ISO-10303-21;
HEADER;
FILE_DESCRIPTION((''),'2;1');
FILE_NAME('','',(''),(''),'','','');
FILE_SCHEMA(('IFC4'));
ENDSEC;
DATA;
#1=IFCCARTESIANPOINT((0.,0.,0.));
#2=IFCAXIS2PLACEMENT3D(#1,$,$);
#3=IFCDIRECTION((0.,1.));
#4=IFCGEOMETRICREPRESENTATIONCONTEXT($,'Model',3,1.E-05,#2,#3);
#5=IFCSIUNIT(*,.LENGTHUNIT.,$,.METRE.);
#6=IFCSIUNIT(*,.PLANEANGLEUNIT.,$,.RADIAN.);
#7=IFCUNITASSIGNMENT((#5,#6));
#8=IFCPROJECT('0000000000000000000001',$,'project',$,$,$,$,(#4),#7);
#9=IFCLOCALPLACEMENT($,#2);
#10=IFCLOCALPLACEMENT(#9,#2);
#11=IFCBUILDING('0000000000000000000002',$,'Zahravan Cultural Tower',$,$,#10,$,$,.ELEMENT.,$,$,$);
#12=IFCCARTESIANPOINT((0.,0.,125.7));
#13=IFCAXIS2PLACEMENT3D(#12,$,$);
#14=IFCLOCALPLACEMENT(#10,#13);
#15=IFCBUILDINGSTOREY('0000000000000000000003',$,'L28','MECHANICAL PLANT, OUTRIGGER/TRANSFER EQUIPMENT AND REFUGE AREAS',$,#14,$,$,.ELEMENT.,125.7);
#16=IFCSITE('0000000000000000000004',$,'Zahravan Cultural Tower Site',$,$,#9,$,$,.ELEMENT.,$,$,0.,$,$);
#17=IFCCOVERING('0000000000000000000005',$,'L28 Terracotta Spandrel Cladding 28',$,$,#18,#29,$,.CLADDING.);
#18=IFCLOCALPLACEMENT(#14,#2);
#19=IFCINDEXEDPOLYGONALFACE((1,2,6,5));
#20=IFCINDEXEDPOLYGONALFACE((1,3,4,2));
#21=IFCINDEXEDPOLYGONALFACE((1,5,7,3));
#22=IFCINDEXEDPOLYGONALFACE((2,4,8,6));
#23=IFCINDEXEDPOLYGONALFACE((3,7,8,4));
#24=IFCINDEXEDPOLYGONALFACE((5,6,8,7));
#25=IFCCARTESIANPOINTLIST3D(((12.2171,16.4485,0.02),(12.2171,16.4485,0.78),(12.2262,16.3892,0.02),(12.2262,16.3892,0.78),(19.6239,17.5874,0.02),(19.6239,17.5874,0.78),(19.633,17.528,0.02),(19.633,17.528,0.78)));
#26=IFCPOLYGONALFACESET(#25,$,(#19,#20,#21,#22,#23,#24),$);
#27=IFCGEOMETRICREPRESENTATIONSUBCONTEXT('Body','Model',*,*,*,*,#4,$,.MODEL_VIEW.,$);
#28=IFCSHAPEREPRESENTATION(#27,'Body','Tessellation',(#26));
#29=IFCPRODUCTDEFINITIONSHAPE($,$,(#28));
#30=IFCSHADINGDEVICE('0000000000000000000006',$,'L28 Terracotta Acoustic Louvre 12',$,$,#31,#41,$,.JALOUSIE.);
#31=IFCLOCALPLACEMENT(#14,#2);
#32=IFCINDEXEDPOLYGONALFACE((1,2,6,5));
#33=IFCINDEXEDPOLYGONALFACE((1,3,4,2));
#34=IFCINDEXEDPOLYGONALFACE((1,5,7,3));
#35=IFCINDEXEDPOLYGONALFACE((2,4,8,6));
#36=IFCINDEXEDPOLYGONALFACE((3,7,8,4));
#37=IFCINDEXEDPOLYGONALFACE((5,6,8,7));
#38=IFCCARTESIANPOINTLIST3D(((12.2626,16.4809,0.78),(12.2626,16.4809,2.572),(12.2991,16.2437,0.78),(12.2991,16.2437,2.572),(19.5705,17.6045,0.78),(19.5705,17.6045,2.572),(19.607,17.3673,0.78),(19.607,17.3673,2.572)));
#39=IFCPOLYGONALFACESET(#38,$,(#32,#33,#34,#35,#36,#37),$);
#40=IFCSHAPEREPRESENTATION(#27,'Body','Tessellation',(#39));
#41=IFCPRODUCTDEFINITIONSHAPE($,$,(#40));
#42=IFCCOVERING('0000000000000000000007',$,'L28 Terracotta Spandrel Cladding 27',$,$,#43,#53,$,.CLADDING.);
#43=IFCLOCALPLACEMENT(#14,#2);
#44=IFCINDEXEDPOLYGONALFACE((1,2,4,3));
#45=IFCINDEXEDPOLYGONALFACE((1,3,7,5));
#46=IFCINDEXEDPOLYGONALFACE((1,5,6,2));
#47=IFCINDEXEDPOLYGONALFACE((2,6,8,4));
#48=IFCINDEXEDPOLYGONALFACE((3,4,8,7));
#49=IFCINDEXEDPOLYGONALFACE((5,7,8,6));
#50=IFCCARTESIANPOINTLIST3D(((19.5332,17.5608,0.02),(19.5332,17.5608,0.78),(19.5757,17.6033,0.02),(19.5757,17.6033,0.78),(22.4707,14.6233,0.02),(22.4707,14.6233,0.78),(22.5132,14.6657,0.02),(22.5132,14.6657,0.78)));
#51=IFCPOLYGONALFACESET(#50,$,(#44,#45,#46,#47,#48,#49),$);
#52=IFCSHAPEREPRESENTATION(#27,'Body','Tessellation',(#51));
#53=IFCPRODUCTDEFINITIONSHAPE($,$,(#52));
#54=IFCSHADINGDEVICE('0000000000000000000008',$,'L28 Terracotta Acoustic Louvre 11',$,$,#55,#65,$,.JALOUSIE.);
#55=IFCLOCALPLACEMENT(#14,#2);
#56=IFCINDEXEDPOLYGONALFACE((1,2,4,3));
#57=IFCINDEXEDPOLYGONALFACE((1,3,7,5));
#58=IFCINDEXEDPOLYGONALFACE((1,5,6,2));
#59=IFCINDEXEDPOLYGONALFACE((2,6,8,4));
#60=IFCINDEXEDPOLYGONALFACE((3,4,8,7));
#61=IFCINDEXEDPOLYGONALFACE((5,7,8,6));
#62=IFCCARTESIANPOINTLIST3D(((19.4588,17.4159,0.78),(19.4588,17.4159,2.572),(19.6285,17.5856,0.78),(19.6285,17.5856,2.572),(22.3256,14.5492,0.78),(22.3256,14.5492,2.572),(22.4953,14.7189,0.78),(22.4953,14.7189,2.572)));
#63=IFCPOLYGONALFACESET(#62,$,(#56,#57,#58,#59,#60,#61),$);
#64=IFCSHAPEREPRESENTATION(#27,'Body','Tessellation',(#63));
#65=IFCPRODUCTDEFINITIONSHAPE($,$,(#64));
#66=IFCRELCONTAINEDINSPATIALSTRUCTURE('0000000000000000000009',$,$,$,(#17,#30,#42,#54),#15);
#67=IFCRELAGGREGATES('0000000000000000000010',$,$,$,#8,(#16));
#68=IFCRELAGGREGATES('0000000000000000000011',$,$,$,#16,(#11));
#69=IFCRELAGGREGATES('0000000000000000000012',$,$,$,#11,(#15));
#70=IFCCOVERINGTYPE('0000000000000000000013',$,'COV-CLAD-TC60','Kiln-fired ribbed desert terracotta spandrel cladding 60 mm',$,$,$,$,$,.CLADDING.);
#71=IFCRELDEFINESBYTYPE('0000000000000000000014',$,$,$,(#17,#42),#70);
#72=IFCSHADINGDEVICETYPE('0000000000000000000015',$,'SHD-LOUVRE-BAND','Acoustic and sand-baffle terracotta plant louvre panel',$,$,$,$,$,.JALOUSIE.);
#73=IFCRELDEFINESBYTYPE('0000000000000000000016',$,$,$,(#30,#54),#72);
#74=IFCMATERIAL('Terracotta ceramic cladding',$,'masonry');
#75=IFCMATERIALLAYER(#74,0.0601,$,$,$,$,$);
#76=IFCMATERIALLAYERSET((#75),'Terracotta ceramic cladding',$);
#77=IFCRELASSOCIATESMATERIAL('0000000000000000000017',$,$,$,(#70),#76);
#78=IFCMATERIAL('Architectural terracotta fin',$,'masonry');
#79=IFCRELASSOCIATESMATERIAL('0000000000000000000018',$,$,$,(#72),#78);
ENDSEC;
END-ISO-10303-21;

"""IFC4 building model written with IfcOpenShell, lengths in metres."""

from ifc_helpers import new_model, si_unit, direction, frame, origin, origin_2d, place, context, subcontext, project, spatial, rectangle, extrude, source, transform, mapped, material, layer, layer_set, type_object, element, save


model = new_model("IFC4")

# Units and contexts
model_context = context("Model", 3, precision=1e-05, world=origin(), true_north=direction((0.0, 1.0)))
body_context = subcontext(model_context, "Body", "Model", "MODEL_VIEW")
ifc_project = project(units=[si_unit("LENGTHUNIT", "METRE"), si_unit("PLANEANGLEUNIT", "RADIAN")], contexts=[model_context])

# Site, building, storey
site_placement = place(None, origin())
site = spatial("IfcSite", under=ifc_project, at=site_placement, Name="Zahravan Cultural Tower Site", CompositionType="ELEMENT", RefElevation=0.0)
building_placement = place(site_placement, origin())
building = spatial("IfcBuilding", under=site, at=building_placement, Name="Zahravan Cultural Tower", CompositionType="ELEMENT")
storey_placement = place(building_placement, frame((0.0, 0.0, 125.7)))
storey = spatial("IfcBuildingStorey", under=building, at=storey_placement, Name="L28", Description="MECHANICAL PLANT, OUTRIGGER/TRANSFER EQUIPMENT AND REFUGE AREAS", CompositionType="ELEMENT", Elevation=125.7)

# Covering
ifc_material_1 = material(Name="Terracotta ceramic cladding", Category="masonry")
ifc_layer_1 = layer(ifc_material_1, 0.0601)
ifc_layer_set_1 = layer_set([ifc_layer_1], Name="Terracotta ceramic cladding")
covering_type_1 = type_object("IfcCoveringType", Name="COV-CLAD-TC60", Description="Kiln-fired ribbed desert terracotta spandrel cladding 60 mm", PredefinedType="CLADDING", material=ifc_layer_set_1)
shared_shape_1 = source(origin(), body_context, "Body", "SweptSolid", [
    extrude(rectangle(XDim=7.4939, YDim=0.0601, at=origin_2d()), origin(), (0.0, 0.0, 1.0), 0.76),
])
covering_1_placement = place(storey_placement, frame((15.925, 16.9883, 0.02), z_axis=(0.0, 0.0, 1.0), x_axis=(-0.988385, -0.151968, 0.0)))
element("IfcCovering", 1, at=covering_1_placement, inside=storey, type_object=covering_type_1, Name="L28 Terracotta Spandrel Cladding 28", PredefinedType="CLADDING", context=body_context, shape_type="MappedRepresentation", body=[
    mapped(shared_shape_1, transform((0.0, 0.0, 0.0), x_axis=(1.0, 0.0, 0.0), y_axis=(0.0, 1.0, 0.0), z_axis=(0.0, 0.0, 1.0), scale=1.0)),
])

# Shading device
ifc_material_2 = material(Name="Architectural terracotta fin", Category="masonry")
shading_device_type = type_object("IfcShadingDeviceType", Name="SHD-LOUVRE-BAND", Description="Acoustic and sand-baffle terracotta plant louvre panel", PredefinedType="JALOUSIE", material=ifc_material_2)
shared_shape_2 = source(origin(), body_context, "Body", "SweptSolid", [
    extrude(rectangle(XDim=7.3938, YDim=0.24, at=origin_2d()), origin(), (0.0, 0.0, 1.0), 1.792),
])
shading_device_1_placement = place(storey_placement, frame((15.9348, 16.9241, 0.78), z_axis=(0.0, 0.0, 1.0), x_axis=(-0.988385, -0.151968, 0.0)))
element("IfcShadingDevice", 2, at=shading_device_1_placement, inside=storey, type_object=shading_device_type, Name="L28 Terracotta Acoustic Louvre 12", PredefinedType="JALOUSIE", context=body_context, shape_type="MappedRepresentation", body=[
    mapped(shared_shape_2, transform((0.0, 0.0, 0.0), x_axis=(1.0, 0.0, 0.0), y_axis=(0.0, 1.0, 0.0), z_axis=(0.0, 0.0, 1.0), scale=1.0)),
])

# Covering
shared_shape_3 = source(origin(), body_context, "Body", "SweptSolid", [
    extrude(rectangle(XDim=4.1543, YDim=0.0601, at=origin_2d()), origin(), (0.0, 0.0, 1.0), 0.76),
])
covering_2_placement = place(storey_placement, frame((21.0232, 16.1133, 0.02), z_axis=(0.0, 0.0, 1.0), x_axis=(-0.707107, 0.707107, 0.0)))
element("IfcCovering", 3, at=covering_2_placement, inside=storey, type_object=covering_type_1, Name="L28 Terracotta Spandrel Cladding 27", PredefinedType="CLADDING", context=body_context, shape_type="MappedRepresentation", body=[
    mapped(shared_shape_3, transform((0.0, 0.0, 0.0), x_axis=(1.0, 0.0, 0.0), y_axis=(0.0, 1.0, 0.0), z_axis=(0.0, 0.0, 1.0), scale=1.0)),
])

# Shading device
shared_shape_4 = source(origin(), body_context, "Body", "SweptSolid", [
    extrude(rectangle(XDim=4.0542, YDim=0.24, at=origin_2d()), origin(), (0.0, 0.0, 1.0), 1.792),
])
shading_device_2_placement = place(storey_placement, frame((20.9771, 16.0674, 0.78), z_axis=(0.0, 0.0, 1.0), x_axis=(-0.707107, 0.707107, 0.0)))
element("IfcShadingDevice", 4, at=shading_device_2_placement, inside=storey, type_object=shading_device_type, Name="L28 Terracotta Acoustic Louvre 11", PredefinedType="JALOUSIE", context=body_context, shape_type="MappedRepresentation", body=[
    mapped(shared_shape_4, transform((0.0, 0.0, 0.0), x_axis=(1.0, 0.0, 0.0), y_axis=(0.0, 1.0, 0.0), z_axis=(0.0, 0.0, 1.0), scale=1.0)),
])

save(model, "model.ifc")
